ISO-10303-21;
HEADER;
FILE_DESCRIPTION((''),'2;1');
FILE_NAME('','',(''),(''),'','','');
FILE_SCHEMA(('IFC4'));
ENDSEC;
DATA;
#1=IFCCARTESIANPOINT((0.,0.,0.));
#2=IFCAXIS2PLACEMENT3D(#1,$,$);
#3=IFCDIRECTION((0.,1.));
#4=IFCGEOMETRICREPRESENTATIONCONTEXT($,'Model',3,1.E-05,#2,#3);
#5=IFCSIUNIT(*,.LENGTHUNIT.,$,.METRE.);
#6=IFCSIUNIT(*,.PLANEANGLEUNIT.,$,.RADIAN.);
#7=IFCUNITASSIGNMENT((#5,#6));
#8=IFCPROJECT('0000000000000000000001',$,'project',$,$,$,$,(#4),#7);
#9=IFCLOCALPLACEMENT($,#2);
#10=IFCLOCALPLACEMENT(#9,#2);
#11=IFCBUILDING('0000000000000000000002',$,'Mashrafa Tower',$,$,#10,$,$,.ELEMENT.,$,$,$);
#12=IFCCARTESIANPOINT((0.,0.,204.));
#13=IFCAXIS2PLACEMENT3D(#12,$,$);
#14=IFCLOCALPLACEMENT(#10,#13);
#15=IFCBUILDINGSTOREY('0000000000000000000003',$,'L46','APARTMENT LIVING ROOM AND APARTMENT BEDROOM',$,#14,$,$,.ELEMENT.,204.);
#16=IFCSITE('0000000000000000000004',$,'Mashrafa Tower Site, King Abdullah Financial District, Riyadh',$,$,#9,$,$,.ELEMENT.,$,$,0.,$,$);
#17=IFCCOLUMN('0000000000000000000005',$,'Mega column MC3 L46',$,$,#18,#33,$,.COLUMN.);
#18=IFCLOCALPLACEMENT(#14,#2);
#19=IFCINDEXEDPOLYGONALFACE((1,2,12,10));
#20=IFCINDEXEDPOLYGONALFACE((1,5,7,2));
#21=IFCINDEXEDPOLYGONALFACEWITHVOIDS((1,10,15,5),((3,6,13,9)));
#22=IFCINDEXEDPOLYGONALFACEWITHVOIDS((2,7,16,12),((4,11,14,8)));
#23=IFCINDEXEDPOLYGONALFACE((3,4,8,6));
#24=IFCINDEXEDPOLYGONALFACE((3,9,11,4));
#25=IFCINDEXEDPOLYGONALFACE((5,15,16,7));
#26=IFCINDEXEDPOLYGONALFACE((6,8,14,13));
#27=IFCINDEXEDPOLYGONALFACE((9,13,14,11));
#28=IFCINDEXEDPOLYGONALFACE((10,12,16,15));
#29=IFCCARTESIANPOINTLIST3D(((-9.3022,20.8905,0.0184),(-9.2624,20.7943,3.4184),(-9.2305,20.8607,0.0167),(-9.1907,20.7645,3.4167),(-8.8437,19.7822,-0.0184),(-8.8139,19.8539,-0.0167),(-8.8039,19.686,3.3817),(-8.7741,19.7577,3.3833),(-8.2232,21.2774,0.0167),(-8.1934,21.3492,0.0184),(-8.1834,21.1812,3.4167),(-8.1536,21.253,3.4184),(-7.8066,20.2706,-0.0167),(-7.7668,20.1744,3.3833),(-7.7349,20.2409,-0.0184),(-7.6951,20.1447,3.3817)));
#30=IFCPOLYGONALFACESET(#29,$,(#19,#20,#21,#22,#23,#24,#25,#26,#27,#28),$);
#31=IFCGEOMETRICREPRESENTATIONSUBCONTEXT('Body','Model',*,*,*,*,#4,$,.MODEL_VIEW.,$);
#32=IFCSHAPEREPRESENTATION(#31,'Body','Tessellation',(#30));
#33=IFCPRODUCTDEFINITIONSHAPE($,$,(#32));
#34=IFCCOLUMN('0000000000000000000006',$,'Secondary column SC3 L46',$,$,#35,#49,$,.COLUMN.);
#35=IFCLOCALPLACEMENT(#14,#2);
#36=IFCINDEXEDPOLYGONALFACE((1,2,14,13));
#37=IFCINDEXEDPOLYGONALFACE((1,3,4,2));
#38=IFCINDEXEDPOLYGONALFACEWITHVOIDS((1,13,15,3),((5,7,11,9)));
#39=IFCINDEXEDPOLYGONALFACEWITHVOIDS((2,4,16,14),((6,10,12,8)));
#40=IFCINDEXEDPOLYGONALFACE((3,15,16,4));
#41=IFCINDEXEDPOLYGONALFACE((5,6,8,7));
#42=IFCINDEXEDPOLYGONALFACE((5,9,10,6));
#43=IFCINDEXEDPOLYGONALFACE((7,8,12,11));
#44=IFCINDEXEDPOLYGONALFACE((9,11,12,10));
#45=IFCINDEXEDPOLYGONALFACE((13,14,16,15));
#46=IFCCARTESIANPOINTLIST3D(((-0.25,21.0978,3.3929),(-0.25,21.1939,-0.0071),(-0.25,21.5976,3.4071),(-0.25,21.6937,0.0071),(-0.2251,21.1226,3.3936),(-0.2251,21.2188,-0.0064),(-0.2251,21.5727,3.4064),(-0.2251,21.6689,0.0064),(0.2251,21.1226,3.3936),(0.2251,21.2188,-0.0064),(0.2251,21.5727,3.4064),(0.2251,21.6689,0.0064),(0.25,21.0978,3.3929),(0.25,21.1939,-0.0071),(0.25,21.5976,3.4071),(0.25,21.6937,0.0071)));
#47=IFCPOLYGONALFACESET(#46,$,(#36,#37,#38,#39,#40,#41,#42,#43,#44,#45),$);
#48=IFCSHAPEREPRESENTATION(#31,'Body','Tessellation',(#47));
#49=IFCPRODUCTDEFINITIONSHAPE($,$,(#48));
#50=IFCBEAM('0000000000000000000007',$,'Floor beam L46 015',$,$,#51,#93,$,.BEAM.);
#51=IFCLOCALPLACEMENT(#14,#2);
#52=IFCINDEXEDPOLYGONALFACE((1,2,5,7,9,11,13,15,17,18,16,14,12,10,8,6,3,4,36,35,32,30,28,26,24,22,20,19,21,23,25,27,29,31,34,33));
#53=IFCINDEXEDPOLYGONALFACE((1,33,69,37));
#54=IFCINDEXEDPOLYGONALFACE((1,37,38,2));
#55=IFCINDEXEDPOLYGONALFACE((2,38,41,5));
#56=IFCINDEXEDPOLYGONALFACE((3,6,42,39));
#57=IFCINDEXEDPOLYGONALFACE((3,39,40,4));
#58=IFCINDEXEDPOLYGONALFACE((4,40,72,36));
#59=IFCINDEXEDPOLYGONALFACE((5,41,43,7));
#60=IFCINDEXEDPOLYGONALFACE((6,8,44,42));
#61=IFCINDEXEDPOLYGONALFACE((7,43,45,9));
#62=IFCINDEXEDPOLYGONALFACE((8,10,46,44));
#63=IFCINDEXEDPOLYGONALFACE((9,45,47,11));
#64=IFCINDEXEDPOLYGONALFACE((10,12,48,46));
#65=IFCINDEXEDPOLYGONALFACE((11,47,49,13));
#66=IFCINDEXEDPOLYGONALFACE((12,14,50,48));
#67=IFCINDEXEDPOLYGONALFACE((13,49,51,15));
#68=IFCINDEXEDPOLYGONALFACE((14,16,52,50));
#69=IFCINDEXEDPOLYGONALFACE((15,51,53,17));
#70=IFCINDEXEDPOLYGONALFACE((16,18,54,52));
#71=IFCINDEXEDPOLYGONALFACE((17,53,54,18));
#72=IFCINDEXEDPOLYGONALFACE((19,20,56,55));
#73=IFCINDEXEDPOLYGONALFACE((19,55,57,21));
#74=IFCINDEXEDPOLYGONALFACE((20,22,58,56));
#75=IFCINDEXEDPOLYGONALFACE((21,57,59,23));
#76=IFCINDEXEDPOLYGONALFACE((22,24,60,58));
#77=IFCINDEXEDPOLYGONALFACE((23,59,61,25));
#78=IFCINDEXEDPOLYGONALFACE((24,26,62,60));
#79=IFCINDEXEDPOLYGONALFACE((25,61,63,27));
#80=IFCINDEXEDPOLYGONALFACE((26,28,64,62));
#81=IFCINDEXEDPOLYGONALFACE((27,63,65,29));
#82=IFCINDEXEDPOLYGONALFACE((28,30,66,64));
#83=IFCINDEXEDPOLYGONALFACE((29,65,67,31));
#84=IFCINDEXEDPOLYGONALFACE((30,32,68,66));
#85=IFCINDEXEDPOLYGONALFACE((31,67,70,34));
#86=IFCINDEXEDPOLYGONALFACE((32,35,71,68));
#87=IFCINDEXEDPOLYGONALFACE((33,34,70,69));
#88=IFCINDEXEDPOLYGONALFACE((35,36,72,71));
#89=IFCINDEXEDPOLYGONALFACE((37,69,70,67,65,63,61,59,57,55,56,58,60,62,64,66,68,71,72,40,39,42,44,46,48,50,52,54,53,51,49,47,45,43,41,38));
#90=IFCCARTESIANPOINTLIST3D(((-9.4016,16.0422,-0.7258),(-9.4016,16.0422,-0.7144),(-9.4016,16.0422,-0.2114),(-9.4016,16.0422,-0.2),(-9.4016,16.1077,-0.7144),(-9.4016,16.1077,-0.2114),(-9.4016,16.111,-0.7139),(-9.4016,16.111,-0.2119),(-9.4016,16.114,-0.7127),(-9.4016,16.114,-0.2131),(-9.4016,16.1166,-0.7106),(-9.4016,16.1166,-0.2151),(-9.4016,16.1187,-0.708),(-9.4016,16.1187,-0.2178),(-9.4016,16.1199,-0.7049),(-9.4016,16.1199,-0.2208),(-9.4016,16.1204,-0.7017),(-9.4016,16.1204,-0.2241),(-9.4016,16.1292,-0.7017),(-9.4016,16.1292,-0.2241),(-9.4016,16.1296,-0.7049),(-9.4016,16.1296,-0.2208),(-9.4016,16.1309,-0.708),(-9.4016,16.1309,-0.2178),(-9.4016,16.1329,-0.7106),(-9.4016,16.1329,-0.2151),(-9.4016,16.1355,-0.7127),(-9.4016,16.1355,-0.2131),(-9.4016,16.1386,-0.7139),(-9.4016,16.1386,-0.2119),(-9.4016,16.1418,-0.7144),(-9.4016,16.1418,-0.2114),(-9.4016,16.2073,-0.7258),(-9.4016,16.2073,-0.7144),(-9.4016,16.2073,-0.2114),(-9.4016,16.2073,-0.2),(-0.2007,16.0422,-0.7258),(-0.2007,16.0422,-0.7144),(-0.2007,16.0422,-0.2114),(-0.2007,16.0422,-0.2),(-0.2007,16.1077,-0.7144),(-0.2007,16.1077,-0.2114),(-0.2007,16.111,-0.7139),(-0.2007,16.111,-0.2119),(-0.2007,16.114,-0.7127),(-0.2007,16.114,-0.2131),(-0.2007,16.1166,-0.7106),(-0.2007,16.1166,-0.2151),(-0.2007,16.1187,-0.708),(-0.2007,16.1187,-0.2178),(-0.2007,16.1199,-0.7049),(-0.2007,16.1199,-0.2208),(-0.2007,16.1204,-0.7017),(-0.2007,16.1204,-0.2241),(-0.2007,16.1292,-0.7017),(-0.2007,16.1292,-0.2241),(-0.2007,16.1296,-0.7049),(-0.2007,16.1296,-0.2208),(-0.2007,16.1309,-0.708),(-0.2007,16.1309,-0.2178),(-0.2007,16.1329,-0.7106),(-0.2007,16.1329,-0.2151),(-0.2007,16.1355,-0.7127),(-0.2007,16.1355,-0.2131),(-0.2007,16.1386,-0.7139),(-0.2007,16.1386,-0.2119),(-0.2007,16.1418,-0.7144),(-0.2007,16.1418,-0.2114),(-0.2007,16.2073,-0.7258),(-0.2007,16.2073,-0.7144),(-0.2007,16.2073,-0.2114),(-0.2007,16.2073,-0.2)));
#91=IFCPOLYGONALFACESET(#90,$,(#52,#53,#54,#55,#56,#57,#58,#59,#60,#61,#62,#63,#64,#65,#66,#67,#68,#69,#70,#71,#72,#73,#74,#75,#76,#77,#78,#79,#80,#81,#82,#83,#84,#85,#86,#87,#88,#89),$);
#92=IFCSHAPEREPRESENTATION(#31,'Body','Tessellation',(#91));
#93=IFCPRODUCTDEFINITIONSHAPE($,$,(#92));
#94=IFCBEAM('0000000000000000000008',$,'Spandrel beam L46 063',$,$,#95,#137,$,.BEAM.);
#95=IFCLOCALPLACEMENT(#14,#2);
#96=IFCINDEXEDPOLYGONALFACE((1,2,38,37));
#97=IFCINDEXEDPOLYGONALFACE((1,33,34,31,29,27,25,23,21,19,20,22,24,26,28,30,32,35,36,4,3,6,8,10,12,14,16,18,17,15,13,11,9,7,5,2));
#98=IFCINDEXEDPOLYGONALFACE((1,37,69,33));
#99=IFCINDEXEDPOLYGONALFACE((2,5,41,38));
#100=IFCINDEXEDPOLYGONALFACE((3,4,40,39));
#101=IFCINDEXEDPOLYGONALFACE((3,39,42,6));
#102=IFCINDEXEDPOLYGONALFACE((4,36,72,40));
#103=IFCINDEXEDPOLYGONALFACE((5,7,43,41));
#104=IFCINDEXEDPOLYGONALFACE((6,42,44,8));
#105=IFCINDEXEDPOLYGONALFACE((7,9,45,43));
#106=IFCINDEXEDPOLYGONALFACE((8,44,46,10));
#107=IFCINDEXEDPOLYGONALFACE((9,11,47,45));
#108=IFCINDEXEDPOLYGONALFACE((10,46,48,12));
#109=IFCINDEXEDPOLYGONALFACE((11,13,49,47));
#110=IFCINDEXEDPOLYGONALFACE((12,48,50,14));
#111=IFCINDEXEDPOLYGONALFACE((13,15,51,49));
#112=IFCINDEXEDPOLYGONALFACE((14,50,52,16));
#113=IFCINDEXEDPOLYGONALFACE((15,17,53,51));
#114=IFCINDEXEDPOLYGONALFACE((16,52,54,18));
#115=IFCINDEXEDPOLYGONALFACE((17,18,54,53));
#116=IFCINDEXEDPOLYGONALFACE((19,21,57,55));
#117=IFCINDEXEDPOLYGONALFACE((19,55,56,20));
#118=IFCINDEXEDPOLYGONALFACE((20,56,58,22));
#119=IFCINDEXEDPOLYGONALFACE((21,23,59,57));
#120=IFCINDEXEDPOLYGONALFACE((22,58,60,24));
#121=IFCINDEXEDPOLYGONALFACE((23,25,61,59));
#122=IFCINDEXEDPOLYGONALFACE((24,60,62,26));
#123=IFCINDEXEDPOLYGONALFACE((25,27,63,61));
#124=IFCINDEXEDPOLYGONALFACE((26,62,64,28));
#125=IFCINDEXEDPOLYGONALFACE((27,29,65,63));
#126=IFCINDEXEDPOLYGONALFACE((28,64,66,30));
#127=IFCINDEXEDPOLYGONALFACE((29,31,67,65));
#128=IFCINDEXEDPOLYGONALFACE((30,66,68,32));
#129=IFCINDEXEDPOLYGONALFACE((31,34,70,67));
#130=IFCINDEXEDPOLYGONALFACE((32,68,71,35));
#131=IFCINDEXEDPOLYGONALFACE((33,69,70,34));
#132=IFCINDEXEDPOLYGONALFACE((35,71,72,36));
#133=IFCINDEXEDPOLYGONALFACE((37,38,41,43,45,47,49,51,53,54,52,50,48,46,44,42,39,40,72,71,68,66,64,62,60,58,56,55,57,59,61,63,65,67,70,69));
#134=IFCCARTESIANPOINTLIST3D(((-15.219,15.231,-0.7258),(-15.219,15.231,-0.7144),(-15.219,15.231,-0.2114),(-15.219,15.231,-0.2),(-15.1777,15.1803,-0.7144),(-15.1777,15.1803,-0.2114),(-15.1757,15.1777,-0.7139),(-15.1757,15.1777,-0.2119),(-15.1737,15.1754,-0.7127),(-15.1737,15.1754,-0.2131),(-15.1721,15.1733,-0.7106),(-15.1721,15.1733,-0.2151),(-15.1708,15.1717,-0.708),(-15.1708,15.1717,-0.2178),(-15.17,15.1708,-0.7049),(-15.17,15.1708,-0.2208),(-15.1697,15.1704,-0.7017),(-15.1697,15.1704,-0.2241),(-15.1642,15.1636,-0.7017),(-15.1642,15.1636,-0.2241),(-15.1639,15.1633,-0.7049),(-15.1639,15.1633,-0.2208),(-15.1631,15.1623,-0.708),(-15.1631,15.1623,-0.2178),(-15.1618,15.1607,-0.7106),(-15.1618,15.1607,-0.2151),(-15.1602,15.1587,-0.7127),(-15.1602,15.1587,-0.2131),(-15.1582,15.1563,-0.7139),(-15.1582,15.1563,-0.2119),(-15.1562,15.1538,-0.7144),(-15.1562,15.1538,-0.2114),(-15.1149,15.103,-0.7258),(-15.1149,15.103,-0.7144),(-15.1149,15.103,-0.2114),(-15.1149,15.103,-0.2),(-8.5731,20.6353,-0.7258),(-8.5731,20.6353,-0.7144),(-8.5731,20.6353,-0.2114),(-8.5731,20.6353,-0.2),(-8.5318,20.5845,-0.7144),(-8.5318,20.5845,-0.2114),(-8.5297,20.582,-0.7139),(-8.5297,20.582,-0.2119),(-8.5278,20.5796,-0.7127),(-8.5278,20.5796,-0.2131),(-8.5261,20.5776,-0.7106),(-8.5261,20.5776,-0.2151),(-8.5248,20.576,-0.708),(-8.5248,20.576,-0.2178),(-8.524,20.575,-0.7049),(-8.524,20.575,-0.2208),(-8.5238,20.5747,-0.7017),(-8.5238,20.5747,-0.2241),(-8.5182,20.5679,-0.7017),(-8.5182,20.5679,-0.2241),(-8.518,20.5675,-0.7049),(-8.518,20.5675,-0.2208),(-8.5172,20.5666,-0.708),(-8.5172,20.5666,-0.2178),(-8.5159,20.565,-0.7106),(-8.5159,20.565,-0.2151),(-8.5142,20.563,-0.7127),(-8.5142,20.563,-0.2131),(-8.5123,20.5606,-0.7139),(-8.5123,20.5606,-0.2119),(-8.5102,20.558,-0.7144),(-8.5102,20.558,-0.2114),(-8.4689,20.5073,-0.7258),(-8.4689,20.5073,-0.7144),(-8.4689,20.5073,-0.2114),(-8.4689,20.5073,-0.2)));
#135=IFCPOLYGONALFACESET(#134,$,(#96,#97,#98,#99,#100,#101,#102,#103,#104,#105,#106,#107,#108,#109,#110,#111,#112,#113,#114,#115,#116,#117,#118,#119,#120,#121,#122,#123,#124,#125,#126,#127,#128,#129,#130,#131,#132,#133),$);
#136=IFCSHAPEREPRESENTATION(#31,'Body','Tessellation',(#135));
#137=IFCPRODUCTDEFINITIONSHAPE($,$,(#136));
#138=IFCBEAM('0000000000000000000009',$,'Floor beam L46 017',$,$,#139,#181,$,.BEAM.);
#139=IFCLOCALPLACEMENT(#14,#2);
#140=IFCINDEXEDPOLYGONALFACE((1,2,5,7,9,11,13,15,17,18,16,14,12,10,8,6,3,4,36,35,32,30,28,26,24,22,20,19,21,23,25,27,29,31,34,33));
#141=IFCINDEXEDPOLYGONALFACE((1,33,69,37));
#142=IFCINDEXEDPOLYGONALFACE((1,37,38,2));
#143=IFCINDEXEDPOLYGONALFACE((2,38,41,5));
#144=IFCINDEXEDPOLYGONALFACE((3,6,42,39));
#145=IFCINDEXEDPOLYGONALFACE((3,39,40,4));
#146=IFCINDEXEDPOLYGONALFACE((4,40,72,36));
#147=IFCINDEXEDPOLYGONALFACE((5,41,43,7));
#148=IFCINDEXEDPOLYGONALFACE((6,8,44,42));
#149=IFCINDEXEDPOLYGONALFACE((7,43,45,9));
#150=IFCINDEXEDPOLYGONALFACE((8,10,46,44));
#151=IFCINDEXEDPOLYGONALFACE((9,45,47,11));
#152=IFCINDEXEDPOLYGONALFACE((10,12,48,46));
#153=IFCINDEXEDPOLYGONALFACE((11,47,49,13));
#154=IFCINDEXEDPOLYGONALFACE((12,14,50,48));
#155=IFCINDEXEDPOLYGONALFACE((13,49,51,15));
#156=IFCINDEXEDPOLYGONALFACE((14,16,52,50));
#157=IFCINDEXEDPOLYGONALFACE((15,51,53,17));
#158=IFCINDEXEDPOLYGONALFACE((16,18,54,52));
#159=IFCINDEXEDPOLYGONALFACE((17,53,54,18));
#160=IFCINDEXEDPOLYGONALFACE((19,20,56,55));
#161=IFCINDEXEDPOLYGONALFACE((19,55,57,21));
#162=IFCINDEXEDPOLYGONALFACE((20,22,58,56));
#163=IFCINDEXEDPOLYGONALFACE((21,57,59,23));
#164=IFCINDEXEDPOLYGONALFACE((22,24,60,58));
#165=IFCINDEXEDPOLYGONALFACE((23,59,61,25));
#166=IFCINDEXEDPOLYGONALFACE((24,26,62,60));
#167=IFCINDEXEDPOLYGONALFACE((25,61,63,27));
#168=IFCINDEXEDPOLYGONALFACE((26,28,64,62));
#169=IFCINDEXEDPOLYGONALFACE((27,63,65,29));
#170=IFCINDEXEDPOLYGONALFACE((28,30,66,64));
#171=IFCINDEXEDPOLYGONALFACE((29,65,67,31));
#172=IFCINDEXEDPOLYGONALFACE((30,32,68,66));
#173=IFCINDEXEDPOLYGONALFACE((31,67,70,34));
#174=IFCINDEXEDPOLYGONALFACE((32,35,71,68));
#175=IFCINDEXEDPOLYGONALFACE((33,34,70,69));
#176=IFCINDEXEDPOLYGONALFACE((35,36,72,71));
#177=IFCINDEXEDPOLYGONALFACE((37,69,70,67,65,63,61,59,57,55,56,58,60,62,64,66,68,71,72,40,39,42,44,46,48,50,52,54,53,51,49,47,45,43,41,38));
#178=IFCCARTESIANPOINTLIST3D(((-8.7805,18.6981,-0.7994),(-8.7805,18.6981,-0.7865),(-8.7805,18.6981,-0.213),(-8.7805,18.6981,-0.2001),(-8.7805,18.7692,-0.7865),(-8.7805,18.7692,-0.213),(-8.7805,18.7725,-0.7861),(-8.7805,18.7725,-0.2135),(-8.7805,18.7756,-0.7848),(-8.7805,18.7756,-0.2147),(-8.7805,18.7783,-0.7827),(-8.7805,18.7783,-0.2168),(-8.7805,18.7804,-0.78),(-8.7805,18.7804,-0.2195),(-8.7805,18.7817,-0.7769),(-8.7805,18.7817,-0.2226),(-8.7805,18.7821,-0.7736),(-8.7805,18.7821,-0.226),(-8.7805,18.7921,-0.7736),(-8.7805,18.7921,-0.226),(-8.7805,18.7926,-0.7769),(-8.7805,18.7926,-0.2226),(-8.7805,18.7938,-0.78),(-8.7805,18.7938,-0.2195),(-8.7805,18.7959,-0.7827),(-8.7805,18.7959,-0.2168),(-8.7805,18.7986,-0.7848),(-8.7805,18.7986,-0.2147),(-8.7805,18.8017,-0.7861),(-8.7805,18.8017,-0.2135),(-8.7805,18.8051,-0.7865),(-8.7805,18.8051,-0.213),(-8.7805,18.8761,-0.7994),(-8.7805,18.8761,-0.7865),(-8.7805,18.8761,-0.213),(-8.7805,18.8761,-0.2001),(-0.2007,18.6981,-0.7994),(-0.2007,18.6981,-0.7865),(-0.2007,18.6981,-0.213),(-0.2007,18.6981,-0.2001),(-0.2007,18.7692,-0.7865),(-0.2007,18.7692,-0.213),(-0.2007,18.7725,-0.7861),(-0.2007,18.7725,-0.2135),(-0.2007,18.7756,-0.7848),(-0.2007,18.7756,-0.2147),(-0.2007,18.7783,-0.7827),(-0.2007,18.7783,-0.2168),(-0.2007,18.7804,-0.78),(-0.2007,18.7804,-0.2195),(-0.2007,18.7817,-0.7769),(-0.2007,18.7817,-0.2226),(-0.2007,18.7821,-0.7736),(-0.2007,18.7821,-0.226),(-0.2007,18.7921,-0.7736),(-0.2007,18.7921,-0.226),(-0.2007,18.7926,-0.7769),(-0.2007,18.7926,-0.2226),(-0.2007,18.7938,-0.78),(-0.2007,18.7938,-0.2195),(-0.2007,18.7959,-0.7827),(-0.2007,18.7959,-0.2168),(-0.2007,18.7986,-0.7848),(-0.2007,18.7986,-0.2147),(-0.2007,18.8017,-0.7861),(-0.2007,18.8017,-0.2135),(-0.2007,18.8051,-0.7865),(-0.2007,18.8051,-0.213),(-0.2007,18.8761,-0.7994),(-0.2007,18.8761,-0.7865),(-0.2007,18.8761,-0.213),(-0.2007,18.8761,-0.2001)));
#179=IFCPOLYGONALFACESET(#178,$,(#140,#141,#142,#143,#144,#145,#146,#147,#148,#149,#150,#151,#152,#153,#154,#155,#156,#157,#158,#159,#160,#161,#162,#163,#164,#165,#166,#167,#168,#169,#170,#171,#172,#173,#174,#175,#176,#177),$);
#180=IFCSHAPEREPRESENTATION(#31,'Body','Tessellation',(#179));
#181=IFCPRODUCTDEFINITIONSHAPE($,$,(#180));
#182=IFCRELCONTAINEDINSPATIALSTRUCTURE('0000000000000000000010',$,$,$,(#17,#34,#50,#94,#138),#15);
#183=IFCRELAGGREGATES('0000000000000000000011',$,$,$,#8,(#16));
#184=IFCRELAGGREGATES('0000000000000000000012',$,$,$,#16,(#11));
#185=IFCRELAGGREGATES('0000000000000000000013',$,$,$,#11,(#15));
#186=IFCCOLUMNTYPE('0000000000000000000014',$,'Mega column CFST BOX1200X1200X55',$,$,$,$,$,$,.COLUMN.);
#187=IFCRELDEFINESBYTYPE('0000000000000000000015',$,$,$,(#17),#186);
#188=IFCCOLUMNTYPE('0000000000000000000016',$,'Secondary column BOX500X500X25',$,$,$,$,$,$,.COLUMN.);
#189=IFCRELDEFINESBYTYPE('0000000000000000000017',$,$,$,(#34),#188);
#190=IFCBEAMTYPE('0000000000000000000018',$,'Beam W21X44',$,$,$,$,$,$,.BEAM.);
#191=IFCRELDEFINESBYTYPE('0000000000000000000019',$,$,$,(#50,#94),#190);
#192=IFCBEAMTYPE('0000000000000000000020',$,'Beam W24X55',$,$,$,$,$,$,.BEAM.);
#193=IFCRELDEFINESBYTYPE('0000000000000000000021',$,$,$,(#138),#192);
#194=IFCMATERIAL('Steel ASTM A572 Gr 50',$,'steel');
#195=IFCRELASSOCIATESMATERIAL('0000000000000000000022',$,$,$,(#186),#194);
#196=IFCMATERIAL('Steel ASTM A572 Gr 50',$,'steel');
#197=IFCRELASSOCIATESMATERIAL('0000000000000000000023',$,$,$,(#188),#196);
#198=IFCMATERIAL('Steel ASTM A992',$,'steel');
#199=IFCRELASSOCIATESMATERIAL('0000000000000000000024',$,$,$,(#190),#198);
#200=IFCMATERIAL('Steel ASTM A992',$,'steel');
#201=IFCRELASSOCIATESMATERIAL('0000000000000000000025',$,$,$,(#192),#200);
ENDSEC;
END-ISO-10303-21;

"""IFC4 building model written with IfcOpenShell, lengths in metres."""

from ifc_helpers import new_model, si_unit, direction, frame, origin, origin_2d, place, context, subcontext, project, spatial, hollow_rectangle, i_section, extrude, material, material_profile, profile_set, type_object, element, save


model = new_model("IFC4")

# Units and contexts
model_context = context("Model", 3, precision=1e-05, world=origin(), true_north=direction((0.0, 1.0)))
body_context = subcontext(model_context, "Body", "Model", "MODEL_VIEW")
ifc_project = project(units=[si_unit("LENGTHUNIT", "METRE"), si_unit("PLANEANGLEUNIT", "RADIAN")], contexts=[model_context])

# Site, building, storey
site_placement = place(None, origin())
site = spatial("IfcSite", under=ifc_project, at=site_placement, Name="Mashrafa Tower Site, King Abdullah Financial District, Riyadh", CompositionType="ELEMENT", RefElevation=0.0)
building_placement = place(site_placement, origin())
building = spatial("IfcBuilding", under=site, at=building_placement, Name="Mashrafa Tower", CompositionType="ELEMENT")
storey_placement = place(building_placement, frame((0.0, 0.0, 204.0)))
storey = spatial("IfcBuildingStorey", under=building, at=storey_placement, Name="L46", Description="APARTMENT LIVING ROOM AND APARTMENT BEDROOM", CompositionType="ELEMENT", Elevation=204.0)

# Columns
ifc_material_1 = material(Name="Steel ASTM A572 Gr 50", Category="steel")
ifc_material_profile_1 = material_profile(ifc_material_1, hollow_rectangle(XDim=1.2, YDim=1.2, WallThickness=0.0549, at=origin_2d()), Name="BOX1200X1200X55")
ifc_profile_set_1 = profile_set([ifc_material_profile_1], Name="Steel ASTM A572 Gr 50")
column_type_1 = type_object("IfcColumnType", Name="Mega column CFST BOX1200X1200X55", PredefinedType="COLUMN", material=ifc_profile_set_1)
column_1_placement = place(storey_placement, frame((-8.5186, 20.5657, 0.0), z_axis=(0.011699, -0.028279, 0.999532), x_axis=(0.924045, 0.382283, 0.0)))
element("IfcColumn", 1, at=column_1_placement, inside=storey, type_object=column_type_1, Name="Mega column MC3 L46", PredefinedType="COLUMN", context=body_context, shape_type="SweptSolid", body=[
    extrude(hollow_rectangle(XDim=1.2, YDim=1.2, WallThickness=0.0549, at=origin_2d()), origin(), (0.0, 0.0, 1.0), 3.4016),
])
ifc_material_2 = material(Name="Steel ASTM A572 Gr 50", Category="steel")
ifc_material_profile_2 = material_profile(ifc_material_2, hollow_rectangle(XDim=0.5, YDim=0.5, WallThickness=0.0249, at=origin_2d()), Name="BOX500X500X25")
ifc_profile_set_2 = profile_set([ifc_material_profile_2], Name="Steel ASTM A572 Gr 50")
column_type_2 = type_object("IfcColumnType", Name="Secondary column BOX500X500X25", PredefinedType="COLUMN", material=ifc_profile_set_2)
column_2_placement = place(storey_placement, frame((0.0, 21.4438, 0.0), z_axis=(0.0, -0.028281, 0.9996), x_axis=(1.0, 0.0, 0.0)))
element("IfcColumn", 2, at=column_2_placement, inside=storey, type_object=column_type_2, Name="Secondary column SC3 L46", PredefinedType="COLUMN", context=body_context, shape_type="SweptSolid", body=[
    extrude(hollow_rectangle(XDim=0.5, YDim=0.5, WallThickness=0.0249, at=origin_2d()), origin(), (0.0, 0.0, 1.0), 3.4014),
])

# Beams
ifc_material_3 = material(Name="Steel ASTM A992", Category="steel")
ifc_material_profile_3 = material_profile(ifc_material_3, i_section(OverallWidth=0.165, OverallDepth=0.5259, WebThickness=0.0088, FlangeThickness=0.0115, FilletRadius=0.0127, at=origin_2d()), Name="W21X44")
ifc_profile_set_3 = profile_set([ifc_material_profile_3], Name="Steel ASTM A992")
beam_type_1 = type_object("IfcBeamType", Name="Beam W21X44", PredefinedType="BEAM", material=ifc_profile_set_3)
beam_1_placement = place(storey_placement, frame((-9.4016, 16.1248, -0.4629), z_axis=(1.0, 0.0, 0.0), x_axis=(0.0, 1.0, 0.0)))
element("IfcBeam", 3, at=beam_1_placement, inside=storey, type_object=beam_type_1, Name="Floor beam L46 015", PredefinedType="BEAM", context=body_context, shape_type="SweptSolid", body=[
    extrude(i_section(OverallWidth=0.165, OverallDepth=0.5259, WebThickness=0.0088, FlangeThickness=0.0115, FilletRadius=0.0127, at=origin_2d()), origin(), (0.0, 0.0, 1.0), 9.2009),
])
beam_2_placement = place(storey_placement, frame((-8.521, 20.5713, -0.4629), z_axis=(-0.775861, -0.630904, 0.0), x_axis=(0.630904, -0.775861, 0.0)))
element("IfcBeam", 4, at=beam_2_placement, inside=storey, type_object=beam_type_1, Name="Spandrel beam L46 063", PredefinedType="BEAM", context=body_context, shape_type="SweptSolid", body=[
    extrude(i_section(OverallWidth=0.165, OverallDepth=0.5259, WebThickness=0.0088, FlangeThickness=0.0115, FilletRadius=0.0127, at=origin_2d()), origin(), (0.0, 0.0, 1.0), 8.5659),
])
ifc_material_4 = material(Name="Steel ASTM A992", Category="steel")
ifc_material_profile_4 = material_profile(ifc_material_4, i_section(OverallWidth=0.178, OverallDepth=0.5994, WebThickness=0.01, FlangeThickness=0.0129, FilletRadius=0.0129, at=origin_2d()), Name="W24X55")
ifc_profile_set_4 = profile_set([ifc_material_profile_4], Name="Steel ASTM A992")
beam_type_2 = type_object("IfcBeamType", Name="Beam W24X55", PredefinedType="BEAM", material=ifc_profile_set_4)
beam_3_placement = place(storey_placement, frame((-8.7805, 18.7871, -0.4998), z_axis=(1.0, 0.0, 0.0), x_axis=(0.0, 1.0, 0.0)))
element("IfcBeam", 5, at=beam_3_placement, inside=storey, type_object=beam_type_2, Name="Floor beam L46 017", PredefinedType="BEAM", context=body_context, shape_type="SweptSolid", body=[
    extrude(i_section(OverallWidth=0.178, OverallDepth=0.5994, WebThickness=0.01, FlangeThickness=0.0129, FilletRadius=0.0129, at=origin_2d()), origin(), (0.0, 0.0, 1.0), 8.5798),
])

save(model, "model.ifc")
